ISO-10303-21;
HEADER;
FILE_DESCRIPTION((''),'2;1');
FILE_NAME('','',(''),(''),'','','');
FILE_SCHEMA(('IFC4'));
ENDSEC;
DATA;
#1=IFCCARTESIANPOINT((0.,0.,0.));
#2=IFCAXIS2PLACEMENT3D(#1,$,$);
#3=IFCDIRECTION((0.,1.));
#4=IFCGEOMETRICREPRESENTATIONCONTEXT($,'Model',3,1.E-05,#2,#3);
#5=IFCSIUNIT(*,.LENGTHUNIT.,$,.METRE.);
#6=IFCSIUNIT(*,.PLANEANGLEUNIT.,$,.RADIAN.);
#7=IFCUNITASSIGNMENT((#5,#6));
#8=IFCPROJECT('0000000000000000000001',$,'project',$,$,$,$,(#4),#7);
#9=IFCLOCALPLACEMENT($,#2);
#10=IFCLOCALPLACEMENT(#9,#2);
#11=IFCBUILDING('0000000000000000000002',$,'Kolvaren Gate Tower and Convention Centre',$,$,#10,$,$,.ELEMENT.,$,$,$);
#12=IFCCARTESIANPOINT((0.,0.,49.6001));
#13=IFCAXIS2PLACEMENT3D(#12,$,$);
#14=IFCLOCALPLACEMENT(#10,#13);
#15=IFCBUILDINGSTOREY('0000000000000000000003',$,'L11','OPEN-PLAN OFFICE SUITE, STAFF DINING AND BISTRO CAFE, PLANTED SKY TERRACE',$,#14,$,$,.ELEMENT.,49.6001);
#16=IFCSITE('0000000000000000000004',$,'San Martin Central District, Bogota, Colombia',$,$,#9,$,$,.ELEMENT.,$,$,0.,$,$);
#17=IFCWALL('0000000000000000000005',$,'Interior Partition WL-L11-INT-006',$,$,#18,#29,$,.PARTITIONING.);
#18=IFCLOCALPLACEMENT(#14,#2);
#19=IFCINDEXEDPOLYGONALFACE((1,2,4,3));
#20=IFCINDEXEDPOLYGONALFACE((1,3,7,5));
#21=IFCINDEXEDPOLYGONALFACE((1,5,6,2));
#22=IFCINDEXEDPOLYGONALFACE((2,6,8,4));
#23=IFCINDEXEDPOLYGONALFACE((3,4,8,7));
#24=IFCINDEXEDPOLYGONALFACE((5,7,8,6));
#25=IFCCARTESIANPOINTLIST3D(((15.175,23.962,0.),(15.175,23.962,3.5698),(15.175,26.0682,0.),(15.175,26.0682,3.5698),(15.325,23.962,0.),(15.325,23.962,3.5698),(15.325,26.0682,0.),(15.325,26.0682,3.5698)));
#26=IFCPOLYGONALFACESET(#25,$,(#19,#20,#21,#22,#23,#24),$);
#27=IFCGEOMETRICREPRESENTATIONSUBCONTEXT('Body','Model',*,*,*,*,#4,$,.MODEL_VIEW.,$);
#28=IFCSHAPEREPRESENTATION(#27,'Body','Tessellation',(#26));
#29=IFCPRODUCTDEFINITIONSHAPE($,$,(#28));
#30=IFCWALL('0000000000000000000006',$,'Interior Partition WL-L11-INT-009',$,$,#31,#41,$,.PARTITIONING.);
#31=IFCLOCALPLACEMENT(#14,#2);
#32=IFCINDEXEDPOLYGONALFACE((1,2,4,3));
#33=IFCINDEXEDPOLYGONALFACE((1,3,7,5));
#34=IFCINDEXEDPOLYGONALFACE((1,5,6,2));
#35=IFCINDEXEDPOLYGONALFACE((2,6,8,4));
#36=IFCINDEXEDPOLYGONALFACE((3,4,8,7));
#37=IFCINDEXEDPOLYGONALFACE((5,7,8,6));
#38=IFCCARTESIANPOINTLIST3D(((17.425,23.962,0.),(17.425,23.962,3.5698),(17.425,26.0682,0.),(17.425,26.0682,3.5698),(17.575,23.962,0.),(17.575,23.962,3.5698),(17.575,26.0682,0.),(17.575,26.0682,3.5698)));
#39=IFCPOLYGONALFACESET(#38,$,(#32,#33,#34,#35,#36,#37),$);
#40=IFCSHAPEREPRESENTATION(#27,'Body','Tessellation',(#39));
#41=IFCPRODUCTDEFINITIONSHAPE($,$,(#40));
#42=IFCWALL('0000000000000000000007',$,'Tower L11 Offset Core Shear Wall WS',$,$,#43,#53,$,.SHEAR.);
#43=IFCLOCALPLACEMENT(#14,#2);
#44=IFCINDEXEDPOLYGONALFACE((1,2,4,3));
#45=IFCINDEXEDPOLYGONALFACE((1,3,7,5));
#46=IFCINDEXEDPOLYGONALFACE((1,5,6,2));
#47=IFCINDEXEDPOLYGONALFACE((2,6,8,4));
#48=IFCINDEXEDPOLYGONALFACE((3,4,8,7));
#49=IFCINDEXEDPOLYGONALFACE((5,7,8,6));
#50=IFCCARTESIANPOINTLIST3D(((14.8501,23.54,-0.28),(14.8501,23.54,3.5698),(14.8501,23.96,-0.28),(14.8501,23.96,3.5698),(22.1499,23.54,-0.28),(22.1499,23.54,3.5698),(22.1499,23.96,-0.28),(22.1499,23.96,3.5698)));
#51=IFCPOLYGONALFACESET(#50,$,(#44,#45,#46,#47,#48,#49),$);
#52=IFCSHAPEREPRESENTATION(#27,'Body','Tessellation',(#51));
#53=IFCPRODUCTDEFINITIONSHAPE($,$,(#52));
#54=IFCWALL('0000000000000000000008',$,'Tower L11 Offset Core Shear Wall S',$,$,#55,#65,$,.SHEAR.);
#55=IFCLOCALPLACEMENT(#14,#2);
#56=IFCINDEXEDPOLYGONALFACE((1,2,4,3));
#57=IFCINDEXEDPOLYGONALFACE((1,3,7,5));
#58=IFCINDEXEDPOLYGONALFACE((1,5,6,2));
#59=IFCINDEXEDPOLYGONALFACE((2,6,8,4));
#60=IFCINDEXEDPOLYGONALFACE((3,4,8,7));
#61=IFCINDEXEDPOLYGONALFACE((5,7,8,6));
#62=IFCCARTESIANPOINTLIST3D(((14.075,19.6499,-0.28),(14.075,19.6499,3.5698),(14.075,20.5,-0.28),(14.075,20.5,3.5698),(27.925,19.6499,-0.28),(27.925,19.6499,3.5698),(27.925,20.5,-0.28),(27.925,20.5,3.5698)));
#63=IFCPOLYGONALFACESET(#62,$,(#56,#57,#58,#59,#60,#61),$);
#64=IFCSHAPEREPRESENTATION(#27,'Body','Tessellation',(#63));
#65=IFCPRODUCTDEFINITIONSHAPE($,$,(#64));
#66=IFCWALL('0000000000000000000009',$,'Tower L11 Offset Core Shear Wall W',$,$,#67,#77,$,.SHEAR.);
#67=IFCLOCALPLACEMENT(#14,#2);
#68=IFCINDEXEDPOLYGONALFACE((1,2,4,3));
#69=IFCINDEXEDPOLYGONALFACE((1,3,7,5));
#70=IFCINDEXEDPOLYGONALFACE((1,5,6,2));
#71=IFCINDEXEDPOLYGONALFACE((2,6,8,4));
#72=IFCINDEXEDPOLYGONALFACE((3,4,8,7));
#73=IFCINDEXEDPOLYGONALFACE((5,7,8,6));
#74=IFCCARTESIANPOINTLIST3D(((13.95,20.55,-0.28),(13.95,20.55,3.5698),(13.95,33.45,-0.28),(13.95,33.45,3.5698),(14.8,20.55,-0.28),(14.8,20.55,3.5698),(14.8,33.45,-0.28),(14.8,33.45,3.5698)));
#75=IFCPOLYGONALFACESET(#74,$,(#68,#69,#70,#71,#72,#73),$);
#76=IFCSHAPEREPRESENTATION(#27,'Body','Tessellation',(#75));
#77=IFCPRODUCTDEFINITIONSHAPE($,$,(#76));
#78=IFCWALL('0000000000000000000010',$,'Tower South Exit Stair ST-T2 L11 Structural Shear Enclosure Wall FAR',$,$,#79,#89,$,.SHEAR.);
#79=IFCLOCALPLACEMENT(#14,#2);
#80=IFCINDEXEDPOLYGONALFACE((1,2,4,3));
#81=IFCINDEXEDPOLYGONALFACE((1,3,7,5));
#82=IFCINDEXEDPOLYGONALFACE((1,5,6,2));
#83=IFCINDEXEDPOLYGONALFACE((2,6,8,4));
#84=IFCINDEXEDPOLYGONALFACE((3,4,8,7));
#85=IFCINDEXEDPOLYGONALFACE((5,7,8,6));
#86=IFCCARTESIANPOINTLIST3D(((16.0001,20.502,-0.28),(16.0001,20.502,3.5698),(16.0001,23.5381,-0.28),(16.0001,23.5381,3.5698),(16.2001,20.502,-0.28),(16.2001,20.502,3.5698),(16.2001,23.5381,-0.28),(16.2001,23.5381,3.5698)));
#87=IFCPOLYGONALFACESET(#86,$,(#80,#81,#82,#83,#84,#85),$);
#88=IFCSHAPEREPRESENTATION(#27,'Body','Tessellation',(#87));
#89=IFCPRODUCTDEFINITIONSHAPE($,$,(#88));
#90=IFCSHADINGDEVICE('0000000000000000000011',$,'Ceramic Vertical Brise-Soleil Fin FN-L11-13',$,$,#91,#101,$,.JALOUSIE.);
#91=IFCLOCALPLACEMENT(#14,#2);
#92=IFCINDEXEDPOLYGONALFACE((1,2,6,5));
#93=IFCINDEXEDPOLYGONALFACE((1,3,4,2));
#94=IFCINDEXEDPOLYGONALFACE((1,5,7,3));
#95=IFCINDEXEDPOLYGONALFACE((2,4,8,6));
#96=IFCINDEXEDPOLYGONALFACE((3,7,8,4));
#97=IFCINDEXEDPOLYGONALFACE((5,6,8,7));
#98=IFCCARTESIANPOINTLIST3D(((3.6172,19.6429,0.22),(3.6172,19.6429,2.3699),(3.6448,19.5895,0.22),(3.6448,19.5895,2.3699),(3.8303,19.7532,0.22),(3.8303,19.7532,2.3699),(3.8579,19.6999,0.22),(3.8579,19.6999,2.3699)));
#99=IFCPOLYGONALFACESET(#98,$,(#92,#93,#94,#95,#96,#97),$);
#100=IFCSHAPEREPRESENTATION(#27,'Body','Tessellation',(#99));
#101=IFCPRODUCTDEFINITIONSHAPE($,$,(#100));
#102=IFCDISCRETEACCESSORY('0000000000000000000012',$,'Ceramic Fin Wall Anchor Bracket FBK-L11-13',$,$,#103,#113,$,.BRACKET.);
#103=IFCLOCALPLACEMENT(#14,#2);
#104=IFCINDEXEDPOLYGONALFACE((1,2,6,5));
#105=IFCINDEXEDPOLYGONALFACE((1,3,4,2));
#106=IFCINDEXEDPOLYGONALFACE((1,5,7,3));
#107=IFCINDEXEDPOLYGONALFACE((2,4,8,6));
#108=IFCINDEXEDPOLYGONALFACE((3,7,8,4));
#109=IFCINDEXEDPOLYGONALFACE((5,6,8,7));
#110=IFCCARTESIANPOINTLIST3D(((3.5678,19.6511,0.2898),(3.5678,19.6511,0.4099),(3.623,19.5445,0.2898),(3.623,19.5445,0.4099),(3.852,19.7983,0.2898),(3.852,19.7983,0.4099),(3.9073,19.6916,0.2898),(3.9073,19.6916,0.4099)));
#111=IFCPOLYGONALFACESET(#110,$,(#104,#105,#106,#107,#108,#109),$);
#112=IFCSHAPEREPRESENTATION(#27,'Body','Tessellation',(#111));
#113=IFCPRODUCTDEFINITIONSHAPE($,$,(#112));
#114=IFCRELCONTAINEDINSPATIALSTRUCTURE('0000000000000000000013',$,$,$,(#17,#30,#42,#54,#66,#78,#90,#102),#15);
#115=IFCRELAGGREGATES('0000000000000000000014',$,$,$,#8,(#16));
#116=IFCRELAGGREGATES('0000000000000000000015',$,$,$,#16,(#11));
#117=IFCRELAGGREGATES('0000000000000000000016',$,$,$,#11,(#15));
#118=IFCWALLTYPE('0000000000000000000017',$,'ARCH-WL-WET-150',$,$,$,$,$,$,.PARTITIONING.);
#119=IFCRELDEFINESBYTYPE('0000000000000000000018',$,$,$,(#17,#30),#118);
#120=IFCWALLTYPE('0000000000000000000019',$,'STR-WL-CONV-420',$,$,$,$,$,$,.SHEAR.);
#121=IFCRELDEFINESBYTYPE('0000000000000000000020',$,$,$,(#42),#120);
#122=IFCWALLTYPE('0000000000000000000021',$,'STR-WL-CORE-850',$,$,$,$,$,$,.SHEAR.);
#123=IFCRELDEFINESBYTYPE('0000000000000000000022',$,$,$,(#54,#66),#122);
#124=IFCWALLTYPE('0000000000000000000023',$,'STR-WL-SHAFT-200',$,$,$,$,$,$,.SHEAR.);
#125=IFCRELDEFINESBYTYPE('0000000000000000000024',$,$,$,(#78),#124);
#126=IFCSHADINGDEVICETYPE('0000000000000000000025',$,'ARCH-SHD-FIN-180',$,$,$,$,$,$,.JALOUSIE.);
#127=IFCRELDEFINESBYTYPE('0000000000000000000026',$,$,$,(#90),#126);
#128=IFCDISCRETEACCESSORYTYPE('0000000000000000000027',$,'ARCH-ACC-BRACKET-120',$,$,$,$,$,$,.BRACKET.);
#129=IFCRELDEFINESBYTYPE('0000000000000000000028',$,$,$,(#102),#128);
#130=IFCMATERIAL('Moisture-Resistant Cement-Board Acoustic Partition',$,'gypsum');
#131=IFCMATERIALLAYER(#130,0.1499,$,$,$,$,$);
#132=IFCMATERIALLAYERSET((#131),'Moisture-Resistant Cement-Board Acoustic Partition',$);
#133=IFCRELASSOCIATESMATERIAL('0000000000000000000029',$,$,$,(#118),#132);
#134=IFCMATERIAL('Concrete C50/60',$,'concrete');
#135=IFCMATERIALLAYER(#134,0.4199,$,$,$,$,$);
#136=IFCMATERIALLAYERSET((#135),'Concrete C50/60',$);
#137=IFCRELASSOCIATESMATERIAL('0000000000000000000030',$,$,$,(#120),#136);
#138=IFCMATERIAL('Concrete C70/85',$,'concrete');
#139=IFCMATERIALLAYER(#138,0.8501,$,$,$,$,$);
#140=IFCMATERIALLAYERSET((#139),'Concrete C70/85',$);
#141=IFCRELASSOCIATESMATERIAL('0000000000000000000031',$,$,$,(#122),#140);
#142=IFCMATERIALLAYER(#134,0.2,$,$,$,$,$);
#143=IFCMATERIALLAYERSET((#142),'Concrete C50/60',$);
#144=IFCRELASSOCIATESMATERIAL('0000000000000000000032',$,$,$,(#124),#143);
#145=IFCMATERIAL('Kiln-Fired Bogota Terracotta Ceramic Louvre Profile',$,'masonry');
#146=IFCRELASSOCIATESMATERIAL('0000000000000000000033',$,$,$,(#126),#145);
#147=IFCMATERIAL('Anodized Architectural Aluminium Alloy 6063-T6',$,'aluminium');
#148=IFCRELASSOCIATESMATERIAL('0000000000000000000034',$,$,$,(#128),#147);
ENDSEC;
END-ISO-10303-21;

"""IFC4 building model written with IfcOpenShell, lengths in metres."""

from ifc_helpers import new_model, si_unit, direction, frame, frame_2d, origin, origin_2d, place, context, subcontext, project, spatial, rectangle, extrude, material, layer, layer_set, type_object, element, save


model = new_model("IFC4")

# Units and contexts
model_context = context("Model", 3, precision=1e-05, world=origin(), true_north=direction((0.0, 1.0)))
body_context = subcontext(model_context, "Body", "Model", "MODEL_VIEW")
ifc_project = project(units=[si_unit("LENGTHUNIT", "METRE"), si_unit("PLANEANGLEUNIT", "RADIAN")], contexts=[model_context])

# Site, building, storey
site_placement = place(None, origin())
site = spatial("IfcSite", under=ifc_project, at=site_placement, Name="San Martin Central District, Bogota, Colombia", CompositionType="ELEMENT", RefElevation=0.0)
building_placement = place(site_placement, origin())
building = spatial("IfcBuilding", under=site, at=building_placement, Name="Kolvaren Gate Tower and Convention Centre", CompositionType="ELEMENT")
storey_placement = place(building_placement, frame((0.0, 0.0, 49.6001)))
storey = spatial("IfcBuildingStorey", under=building, at=storey_placement, Name="L11", Description="OPEN-PLAN OFFICE SUITE, STAFF DINING AND BISTRO CAFE, PLANTED SKY TERRACE", CompositionType="ELEMENT", Elevation=49.6001)

# Shared definitions
ifc_material_1 = material(Name="Concrete C70/85", Category="concrete")

# Walls
ifc_material_2 = material(Name="Moisture-Resistant Cement-Board Acoustic Partition", Category="gypsum")
ifc_layer_1 = layer(ifc_material_2, 0.1499)
ifc_layer_set_1 = layer_set([ifc_layer_1], Name="Moisture-Resistant Cement-Board Acoustic Partition")
wall_type_1 = type_object("IfcWallType", Name="ARCH-WL-WET-150", PredefinedType="PARTITIONING", material=ifc_layer_set_1)
for number, where, z_axis, x_axis, name in (
    (1, (15.25, 23.9619, 0.0), (0.0, 0.0, 1.0), (0.0, 1.0, 0.0), "Interior Partition WL-L11-INT-006"),
    (2, (17.5, 23.9619, 0.0), (0.0, 0.0, 1.0), (0.0, 1.0, 0.0), "Interior Partition WL-L11-INT-009"),
):
    element("IfcWall", number, at=place(storey_placement, frame(where, z_axis=z_axis, x_axis=x_axis)), inside=storey, type_object=wall_type_1, Name=name, PredefinedType="PARTITIONING", context=body_context, shape_type="SweptSolid", body=[
        extrude(rectangle(XDim=2.1062, YDim=0.1499, at=frame_2d((1.0532, 0.0))), origin(), (0.0, 0.0, 1.0), 3.5698),
    ])
ifc_material_3 = material(Name="Concrete C50/60", Category="concrete")
ifc_layer_2 = layer(ifc_material_3, 0.4199)
ifc_layer_set_2 = layer_set([ifc_layer_2], Name="Concrete C50/60")
wall_type_2 = type_object("IfcWallType", Name="STR-WL-CONV-420", PredefinedType="SHEAR", material=ifc_layer_set_2)
wall_1_placement = place(storey_placement, frame((14.8501, 23.75, -0.28), z_axis=(0.0, 0.0, 1.0), x_axis=(1.0, 0.0, 0.0)))
element("IfcWall", 3, at=wall_1_placement, inside=storey, type_object=wall_type_2, Name="Tower L11 Offset Core Shear Wall WS", PredefinedType="SHEAR", context=body_context, shape_type="SweptSolid", body=[
    extrude(rectangle(XDim=7.2998, YDim=0.4199, at=frame_2d((3.6499, 0.0))), origin(), (0.0, 0.0, 1.0), 3.8499),
])
ifc_layer_3 = layer(ifc_material_1, 0.8501)
ifc_layer_set_3 = layer_set([ifc_layer_3], Name="Concrete C70/85")
wall_type_3 = type_object("IfcWallType", Name="STR-WL-CORE-850", PredefinedType="SHEAR", material=ifc_layer_set_3)
wall_2_placement = place(storey_placement, frame((14.075, 20.075, -0.28), z_axis=(0.0, 0.0, 1.0), x_axis=(1.0, 0.0, 0.0)))
element("IfcWall", 4, at=wall_2_placement, inside=storey, type_object=wall_type_3, Name="Tower L11 Offset Core Shear Wall S", PredefinedType="SHEAR", context=body_context, shape_type="SweptSolid", body=[
    extrude(rectangle(XDim=13.8501, YDim=0.8501, at=frame_2d((6.925, 0.0))), origin(), (0.0, 0.0, 1.0), 3.8499),
])
wall_3_placement = place(storey_placement, frame((14.375, 20.55, -0.28), z_axis=(0.0, 0.0, 1.0), x_axis=(0.0, 1.0, 0.0)))
element("IfcWall", 5, at=wall_3_placement, inside=storey, type_object=wall_type_3, Name="Tower L11 Offset Core Shear Wall W", PredefinedType="SHEAR", context=body_context, shape_type="SweptSolid", body=[
    extrude(rectangle(XDim=12.8999, YDim=0.8501, at=frame_2d((6.45, 0.0))), origin(), (0.0, 0.0, 1.0), 3.8499),
])
ifc_layer_4 = layer(ifc_material_3, 0.2)
ifc_layer_set_4 = layer_set([ifc_layer_4], Name="Concrete C50/60")
wall_type_4 = type_object("IfcWallType", Name="STR-WL-SHAFT-200", PredefinedType="SHEAR", material=ifc_layer_set_4)
wall_4_placement = place(storey_placement, frame((16.1001, 20.502, -0.28), z_axis=(0.0, 0.0, 1.0), x_axis=(0.0, 1.0, 0.0)))
element("IfcWall", 6, at=wall_4_placement, inside=storey, type_object=wall_type_4, Name="Tower South Exit Stair ST-T2 L11 Structural Shear Enclosure Wall FAR", PredefinedType="SHEAR", context=body_context, shape_type="SweptSolid", body=[
    extrude(rectangle(XDim=3.0361, YDim=0.2, at=frame_2d((1.5181, 0.0))), origin(), (0.0, 0.0, 1.0), 3.8499),
])

# Shading device
ifc_material_4 = material(Name="Kiln-Fired Bogota Terracotta Ceramic Louvre Profile", Category="masonry")
shading_device_type = type_object("IfcShadingDeviceType", Name="ARCH-SHD-FIN-180", PredefinedType="JALOUSIE", material=ifc_material_4)
shading_device_placement = place(storey_placement, frame((3.7375, 19.6714, 0.22), z_axis=(0.0, 0.0, 1.0), x_axis=(0.459789, -0.888028, 0.0)))
element("IfcShadingDevice", 7, at=shading_device_placement, inside=storey, type_object=shading_device_type, Name="Ceramic Vertical Brise-Soleil Fin FN-L11-13", PredefinedType="JALOUSIE", context=body_context, shape_type="SweptSolid", body=[
    extrude(rectangle(XDim=0.0601, YDim=0.24, at=origin_2d()), origin(), (0.0, 0.0, 1.0), 2.1499),
])

# Discrete accessory
ifc_material_5 = material(Name="Anodized Architectural Aluminium Alloy 6063-T6", Category="aluminium")
discrete_accessory_type = type_object("IfcDiscreteAccessoryType", Name="ARCH-ACC-BRACKET-120", PredefinedType="BRACKET", material=ifc_material_5)
discrete_accessory_placement = place(storey_placement, frame((3.7375, 19.6714, 0.2898), z_axis=(0.0, 0.0, 1.0), x_axis=(0.459789, -0.888028, 0.0)))
element("IfcDiscreteAccessory", 8, at=discrete_accessory_placement, inside=storey, type_object=discrete_accessory_type, Name="Ceramic Fin Wall Anchor Bracket FBK-L11-13", PredefinedType="BRACKET", context=body_context, shape_type="SweptSolid", body=[
    extrude(rectangle(XDim=0.1201, YDim=0.3201, at=origin_2d()), origin(), (0.0, 0.0, 1.0), 0.1201),
])

save(model, "model.ifc")
